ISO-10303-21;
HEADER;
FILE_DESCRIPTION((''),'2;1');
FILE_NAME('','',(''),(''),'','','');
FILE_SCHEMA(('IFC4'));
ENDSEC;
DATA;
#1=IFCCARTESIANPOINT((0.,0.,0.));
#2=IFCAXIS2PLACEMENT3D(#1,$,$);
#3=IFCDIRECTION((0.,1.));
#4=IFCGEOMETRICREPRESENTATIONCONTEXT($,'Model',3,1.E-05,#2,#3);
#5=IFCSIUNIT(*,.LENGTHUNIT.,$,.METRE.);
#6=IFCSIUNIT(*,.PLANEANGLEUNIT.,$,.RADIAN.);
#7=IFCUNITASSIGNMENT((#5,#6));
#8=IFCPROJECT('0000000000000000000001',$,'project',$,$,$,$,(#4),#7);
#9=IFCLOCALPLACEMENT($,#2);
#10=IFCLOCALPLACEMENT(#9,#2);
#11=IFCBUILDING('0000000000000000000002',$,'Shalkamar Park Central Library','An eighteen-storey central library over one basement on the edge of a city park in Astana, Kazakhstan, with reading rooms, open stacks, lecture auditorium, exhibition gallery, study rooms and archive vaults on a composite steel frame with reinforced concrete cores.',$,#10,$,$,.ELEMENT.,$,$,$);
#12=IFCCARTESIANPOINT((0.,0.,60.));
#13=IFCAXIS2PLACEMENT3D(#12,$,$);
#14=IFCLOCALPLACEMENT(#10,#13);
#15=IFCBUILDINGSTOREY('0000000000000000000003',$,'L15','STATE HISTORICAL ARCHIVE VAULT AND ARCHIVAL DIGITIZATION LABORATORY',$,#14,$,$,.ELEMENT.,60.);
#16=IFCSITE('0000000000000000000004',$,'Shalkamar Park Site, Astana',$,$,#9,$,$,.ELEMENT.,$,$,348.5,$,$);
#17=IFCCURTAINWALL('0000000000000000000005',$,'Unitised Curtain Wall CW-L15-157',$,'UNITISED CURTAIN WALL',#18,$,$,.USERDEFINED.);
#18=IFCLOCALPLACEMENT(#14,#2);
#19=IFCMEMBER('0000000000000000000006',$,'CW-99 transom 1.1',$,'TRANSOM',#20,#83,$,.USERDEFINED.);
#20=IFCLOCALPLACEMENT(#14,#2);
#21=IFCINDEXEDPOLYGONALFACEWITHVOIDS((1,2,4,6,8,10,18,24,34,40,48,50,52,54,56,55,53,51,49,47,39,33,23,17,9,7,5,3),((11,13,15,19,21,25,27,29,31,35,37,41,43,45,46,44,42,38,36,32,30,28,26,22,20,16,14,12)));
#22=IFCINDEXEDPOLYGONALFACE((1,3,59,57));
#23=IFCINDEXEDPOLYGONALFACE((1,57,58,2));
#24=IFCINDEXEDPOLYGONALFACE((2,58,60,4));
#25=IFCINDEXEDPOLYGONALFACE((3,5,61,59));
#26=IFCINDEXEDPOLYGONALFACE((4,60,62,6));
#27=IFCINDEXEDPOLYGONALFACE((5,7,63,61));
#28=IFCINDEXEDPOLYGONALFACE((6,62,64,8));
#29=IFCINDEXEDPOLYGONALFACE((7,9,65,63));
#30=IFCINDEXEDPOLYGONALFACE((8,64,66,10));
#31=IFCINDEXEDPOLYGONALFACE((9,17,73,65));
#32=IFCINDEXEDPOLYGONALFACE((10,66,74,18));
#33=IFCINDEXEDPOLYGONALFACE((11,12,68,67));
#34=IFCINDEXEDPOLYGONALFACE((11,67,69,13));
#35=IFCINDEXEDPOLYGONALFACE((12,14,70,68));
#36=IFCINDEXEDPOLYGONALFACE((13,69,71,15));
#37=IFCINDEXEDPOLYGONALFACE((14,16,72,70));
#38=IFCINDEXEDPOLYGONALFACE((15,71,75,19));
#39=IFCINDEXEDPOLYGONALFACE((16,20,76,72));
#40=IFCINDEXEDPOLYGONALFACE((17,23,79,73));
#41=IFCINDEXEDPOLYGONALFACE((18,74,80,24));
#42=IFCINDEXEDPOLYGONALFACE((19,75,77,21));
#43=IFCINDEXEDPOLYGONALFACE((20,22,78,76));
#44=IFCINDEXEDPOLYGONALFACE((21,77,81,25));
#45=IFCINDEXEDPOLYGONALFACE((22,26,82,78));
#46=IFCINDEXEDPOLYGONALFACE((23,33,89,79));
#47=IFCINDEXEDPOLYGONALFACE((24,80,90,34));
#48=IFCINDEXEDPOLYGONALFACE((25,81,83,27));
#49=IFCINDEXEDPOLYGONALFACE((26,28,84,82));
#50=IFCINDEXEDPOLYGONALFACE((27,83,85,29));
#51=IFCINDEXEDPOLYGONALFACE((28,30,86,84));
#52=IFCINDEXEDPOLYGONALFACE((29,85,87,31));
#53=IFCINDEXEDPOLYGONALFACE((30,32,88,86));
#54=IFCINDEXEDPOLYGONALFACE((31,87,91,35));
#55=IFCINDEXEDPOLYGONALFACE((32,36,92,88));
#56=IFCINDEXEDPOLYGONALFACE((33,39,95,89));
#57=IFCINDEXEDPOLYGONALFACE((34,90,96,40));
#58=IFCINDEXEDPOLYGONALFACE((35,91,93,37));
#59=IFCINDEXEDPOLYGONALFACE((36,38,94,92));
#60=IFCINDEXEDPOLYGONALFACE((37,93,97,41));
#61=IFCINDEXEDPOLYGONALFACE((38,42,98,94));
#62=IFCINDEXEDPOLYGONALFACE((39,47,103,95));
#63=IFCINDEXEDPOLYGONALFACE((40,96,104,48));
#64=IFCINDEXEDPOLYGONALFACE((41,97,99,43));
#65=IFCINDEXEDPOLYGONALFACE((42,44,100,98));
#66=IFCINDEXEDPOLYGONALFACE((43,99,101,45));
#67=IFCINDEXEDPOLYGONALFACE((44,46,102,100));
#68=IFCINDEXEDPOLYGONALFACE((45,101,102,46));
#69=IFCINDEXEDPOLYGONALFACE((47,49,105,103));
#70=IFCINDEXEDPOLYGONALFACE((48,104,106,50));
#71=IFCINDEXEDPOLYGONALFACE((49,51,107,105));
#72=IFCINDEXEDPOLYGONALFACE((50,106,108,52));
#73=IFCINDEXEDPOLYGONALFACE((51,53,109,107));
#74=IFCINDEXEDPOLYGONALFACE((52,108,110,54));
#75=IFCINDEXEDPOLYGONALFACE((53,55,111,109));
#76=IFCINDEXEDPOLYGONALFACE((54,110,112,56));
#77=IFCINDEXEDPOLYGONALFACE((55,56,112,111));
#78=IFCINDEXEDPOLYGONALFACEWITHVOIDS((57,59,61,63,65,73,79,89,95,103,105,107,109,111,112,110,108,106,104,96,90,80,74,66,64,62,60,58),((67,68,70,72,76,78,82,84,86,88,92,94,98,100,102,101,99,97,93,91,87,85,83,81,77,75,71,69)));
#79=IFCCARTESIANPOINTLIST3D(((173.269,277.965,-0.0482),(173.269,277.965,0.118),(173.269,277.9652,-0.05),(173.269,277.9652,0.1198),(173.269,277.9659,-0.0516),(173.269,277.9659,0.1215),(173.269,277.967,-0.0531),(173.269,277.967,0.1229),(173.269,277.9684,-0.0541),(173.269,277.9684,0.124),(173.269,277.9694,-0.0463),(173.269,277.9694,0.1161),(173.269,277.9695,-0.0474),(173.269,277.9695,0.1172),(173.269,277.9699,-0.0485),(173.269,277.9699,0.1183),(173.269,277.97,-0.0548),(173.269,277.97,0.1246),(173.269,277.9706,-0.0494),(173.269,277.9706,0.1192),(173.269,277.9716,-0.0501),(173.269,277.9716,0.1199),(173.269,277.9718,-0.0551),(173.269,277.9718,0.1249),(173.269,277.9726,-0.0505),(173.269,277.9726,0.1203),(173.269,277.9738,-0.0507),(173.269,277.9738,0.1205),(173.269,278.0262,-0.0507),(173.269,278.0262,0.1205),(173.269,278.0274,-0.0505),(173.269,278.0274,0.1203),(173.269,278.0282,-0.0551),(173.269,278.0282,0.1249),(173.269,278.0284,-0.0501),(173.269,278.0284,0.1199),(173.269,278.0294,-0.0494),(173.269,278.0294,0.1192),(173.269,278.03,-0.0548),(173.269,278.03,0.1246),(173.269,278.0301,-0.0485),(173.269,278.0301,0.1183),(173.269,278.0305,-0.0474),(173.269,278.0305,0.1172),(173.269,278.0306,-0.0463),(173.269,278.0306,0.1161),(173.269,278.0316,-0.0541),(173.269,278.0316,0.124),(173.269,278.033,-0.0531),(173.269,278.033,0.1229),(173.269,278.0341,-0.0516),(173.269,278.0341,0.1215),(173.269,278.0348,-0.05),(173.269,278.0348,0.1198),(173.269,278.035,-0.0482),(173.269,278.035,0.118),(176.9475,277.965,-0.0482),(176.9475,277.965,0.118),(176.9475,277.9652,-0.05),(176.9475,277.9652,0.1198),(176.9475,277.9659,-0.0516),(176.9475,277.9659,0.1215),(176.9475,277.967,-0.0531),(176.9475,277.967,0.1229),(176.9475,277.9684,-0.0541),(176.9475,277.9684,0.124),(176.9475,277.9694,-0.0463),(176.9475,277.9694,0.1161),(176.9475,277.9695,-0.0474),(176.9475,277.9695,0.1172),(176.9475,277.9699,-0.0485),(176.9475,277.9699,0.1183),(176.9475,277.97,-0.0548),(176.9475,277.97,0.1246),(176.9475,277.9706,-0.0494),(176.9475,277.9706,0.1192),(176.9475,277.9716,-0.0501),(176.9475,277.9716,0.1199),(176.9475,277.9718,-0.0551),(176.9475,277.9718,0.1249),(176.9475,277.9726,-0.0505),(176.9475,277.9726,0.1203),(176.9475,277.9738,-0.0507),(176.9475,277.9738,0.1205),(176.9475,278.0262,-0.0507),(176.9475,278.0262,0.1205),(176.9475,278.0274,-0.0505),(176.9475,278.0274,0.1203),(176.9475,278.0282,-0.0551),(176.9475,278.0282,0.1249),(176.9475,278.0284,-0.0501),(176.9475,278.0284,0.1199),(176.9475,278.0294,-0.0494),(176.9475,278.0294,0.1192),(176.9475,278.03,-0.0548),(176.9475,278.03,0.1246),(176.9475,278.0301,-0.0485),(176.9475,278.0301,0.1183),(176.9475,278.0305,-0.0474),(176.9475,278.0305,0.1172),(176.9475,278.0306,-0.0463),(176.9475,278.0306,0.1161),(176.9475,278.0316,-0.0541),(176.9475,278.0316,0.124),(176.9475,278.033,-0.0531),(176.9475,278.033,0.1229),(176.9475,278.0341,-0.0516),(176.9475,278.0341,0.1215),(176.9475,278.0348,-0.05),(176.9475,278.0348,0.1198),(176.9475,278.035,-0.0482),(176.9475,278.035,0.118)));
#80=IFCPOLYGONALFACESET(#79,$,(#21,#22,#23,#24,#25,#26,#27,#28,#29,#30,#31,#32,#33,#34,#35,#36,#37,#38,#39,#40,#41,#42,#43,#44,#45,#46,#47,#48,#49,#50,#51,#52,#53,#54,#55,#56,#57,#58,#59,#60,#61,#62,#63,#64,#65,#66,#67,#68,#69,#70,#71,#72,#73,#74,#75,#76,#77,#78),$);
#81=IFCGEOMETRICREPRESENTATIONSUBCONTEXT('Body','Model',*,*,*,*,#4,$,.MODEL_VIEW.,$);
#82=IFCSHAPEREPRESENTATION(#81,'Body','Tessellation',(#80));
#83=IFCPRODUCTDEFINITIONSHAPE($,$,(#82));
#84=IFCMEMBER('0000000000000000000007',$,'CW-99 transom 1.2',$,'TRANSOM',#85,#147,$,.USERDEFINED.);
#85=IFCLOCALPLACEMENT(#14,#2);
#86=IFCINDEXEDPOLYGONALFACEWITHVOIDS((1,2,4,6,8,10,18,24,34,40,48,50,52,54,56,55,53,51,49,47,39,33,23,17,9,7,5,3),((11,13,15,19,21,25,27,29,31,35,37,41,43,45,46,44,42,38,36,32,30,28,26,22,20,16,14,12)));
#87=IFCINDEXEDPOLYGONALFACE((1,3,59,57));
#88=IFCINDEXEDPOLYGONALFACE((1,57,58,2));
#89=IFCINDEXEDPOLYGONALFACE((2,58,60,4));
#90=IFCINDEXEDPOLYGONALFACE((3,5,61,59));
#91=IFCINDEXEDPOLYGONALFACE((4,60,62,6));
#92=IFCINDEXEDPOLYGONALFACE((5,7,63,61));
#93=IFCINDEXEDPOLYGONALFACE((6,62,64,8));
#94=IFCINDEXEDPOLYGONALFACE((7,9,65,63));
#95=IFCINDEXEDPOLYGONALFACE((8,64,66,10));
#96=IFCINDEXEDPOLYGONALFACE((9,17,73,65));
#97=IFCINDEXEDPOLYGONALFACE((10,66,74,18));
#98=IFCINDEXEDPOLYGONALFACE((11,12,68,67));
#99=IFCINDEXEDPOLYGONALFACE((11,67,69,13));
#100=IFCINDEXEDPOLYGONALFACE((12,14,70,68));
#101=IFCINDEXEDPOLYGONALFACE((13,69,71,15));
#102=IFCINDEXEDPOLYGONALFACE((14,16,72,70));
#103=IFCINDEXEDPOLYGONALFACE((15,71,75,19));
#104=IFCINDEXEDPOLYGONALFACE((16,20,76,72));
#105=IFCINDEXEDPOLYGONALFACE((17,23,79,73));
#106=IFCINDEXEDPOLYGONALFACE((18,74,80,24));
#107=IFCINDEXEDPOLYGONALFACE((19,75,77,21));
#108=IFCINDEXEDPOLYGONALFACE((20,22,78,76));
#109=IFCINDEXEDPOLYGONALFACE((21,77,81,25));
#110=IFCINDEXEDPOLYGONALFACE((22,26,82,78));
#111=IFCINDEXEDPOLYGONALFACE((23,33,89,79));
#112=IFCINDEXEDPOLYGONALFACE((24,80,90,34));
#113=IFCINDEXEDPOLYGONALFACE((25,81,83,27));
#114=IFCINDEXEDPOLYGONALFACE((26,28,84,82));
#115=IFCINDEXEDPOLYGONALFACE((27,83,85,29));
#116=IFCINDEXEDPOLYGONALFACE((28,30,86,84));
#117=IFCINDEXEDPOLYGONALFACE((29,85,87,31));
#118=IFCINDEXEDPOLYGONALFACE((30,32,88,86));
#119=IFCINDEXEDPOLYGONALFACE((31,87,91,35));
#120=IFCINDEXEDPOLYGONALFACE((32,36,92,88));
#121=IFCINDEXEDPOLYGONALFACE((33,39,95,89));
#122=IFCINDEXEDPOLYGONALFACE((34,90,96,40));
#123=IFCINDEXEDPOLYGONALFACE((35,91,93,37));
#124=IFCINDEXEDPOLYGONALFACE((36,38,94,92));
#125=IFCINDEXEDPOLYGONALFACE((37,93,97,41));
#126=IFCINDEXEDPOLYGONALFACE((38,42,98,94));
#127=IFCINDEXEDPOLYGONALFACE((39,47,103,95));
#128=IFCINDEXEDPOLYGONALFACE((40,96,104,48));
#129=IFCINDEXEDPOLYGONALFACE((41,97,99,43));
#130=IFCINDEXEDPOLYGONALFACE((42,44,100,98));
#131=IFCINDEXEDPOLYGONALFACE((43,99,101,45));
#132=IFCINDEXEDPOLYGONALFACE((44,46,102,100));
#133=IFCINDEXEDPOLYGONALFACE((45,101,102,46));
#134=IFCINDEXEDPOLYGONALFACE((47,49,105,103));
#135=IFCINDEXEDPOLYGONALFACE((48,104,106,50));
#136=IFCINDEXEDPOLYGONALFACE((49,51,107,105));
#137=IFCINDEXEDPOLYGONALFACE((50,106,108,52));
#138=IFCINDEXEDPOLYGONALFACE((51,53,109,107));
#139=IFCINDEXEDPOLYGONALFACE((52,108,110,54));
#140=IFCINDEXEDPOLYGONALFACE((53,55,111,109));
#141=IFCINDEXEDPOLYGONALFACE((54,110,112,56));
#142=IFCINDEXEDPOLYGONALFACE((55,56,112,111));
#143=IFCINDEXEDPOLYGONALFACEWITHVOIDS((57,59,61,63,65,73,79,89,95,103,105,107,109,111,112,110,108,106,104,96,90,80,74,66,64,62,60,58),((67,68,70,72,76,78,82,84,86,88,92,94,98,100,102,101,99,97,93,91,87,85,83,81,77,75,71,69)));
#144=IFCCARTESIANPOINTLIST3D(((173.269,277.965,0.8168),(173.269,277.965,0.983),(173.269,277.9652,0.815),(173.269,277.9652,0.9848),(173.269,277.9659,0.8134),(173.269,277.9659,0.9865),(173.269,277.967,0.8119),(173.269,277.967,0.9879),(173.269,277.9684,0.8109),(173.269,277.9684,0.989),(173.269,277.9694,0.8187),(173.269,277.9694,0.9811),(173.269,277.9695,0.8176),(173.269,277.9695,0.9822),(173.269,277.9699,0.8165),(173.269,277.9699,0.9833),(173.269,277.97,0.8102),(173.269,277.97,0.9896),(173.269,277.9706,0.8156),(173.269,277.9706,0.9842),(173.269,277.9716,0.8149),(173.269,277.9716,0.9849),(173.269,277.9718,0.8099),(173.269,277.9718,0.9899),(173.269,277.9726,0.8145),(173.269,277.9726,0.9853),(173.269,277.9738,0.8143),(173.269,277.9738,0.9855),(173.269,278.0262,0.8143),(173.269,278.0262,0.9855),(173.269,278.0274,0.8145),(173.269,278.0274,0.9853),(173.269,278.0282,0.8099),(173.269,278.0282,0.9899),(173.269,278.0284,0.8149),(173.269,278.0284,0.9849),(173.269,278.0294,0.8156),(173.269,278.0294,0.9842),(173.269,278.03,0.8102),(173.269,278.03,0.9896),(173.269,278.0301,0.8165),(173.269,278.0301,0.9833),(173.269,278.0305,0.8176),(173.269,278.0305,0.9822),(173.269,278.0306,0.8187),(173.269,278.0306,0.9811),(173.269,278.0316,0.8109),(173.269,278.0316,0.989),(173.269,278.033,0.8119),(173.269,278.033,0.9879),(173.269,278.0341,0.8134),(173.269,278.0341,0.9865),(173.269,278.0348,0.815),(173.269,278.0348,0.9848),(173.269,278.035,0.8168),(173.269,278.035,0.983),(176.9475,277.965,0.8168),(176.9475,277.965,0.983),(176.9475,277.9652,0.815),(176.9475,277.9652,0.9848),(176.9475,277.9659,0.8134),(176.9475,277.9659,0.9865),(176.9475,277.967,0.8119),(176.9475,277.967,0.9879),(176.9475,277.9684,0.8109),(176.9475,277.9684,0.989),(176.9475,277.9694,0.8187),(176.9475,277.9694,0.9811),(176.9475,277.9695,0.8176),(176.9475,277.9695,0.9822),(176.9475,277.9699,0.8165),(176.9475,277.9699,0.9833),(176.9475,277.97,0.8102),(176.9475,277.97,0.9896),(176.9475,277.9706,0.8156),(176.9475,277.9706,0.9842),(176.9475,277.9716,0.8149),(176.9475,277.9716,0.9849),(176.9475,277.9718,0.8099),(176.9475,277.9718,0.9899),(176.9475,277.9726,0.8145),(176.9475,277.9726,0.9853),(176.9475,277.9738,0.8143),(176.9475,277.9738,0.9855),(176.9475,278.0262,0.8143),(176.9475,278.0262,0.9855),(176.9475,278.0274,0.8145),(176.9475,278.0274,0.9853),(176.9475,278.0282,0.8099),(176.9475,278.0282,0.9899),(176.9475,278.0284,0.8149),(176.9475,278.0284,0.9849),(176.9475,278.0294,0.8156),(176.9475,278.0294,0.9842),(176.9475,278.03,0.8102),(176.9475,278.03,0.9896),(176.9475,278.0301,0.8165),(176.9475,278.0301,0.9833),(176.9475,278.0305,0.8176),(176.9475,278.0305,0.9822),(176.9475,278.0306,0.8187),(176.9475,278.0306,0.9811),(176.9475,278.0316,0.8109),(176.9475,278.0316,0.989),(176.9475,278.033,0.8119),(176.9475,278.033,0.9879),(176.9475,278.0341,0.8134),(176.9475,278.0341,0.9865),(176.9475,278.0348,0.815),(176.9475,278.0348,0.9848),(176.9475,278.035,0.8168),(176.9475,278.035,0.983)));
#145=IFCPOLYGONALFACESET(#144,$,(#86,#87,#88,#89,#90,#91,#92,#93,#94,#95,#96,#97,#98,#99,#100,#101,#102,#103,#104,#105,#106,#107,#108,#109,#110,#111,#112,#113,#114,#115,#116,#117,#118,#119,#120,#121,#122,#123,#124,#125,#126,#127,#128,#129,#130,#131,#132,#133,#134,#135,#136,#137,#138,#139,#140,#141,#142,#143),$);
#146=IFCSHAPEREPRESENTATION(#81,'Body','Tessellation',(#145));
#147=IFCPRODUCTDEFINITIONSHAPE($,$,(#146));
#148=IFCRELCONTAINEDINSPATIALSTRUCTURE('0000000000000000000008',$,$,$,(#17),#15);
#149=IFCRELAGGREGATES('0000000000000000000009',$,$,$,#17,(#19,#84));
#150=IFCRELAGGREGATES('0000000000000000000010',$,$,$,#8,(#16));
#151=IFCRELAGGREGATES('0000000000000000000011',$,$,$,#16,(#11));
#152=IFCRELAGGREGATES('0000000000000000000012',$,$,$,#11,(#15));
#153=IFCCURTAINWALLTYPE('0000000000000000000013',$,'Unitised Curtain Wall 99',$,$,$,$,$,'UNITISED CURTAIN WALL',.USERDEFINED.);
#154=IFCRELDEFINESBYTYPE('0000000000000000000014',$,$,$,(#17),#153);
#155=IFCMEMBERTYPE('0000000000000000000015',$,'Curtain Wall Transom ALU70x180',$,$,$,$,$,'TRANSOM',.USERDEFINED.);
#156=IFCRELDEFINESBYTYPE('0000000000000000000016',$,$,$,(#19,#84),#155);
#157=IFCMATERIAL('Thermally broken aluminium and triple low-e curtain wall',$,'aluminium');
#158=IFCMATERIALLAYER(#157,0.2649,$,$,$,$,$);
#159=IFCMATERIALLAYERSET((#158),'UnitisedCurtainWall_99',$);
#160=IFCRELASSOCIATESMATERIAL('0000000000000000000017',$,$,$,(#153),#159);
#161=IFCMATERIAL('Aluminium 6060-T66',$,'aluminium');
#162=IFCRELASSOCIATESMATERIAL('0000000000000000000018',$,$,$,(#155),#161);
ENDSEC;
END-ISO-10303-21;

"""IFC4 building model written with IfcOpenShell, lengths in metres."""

from ifc_helpers import new_model, si_unit, direction, frame, origin, origin_2d, place, context, subcontext, project, spatial, hollow_rectangle, extrude, material, layer, layer_set, material_profile, profile_set, type_object, element, aggregate, save


model = new_model("IFC4")

# Units and contexts
model_context = context("Model", 3, precision=1e-05, world=origin(), true_north=direction((0.0, 1.0)))
body_context = subcontext(model_context, "Body", "Model", "MODEL_VIEW")
ifc_project = project(units=[si_unit("LENGTHUNIT", "METRE"), si_unit("PLANEANGLEUNIT", "RADIAN")], contexts=[model_context])

# Site, building, storey
site_placement = place(None, origin())
site = spatial("IfcSite", under=ifc_project, at=site_placement, Name="Shalkamar Park Site, Astana", CompositionType="ELEMENT", RefElevation=348.5)
building_placement = place(site_placement, origin())
building = spatial("IfcBuilding", under=site, at=building_placement, Name="Shalkamar Park Central Library", Description="An eighteen-storey central library over one basement on the edge of a city park in Astana, Kazakhstan, with reading rooms, open stacks, lecture auditorium, exhibition gallery, study rooms and archive vaults on a composite steel frame with reinforced concrete cores.", CompositionType="ELEMENT")
storey_placement = place(building_placement, frame((0.0, 0.0, 60.0)))
storey = spatial("IfcBuildingStorey", under=building, at=storey_placement, Name="L15", Description="STATE HISTORICAL ARCHIVE VAULT AND ARCHIVAL DIGITIZATION LABORATORY", CompositionType="ELEMENT", Elevation=60.0)

# Curtain wall
ifc_material_1 = material(Name="Thermally broken aluminium and triple low-e curtain wall", Category="aluminium")
ifc_material_2 = material(Name="Aluminium 6060-T66", Category="aluminium")
ifc_layer_1 = layer(ifc_material_1, 0.2649)
ifc_layer_set_1 = layer_set([ifc_layer_1], Name="UnitisedCurtainWall_99")
curtain_wall_type_1 = type_object("IfcCurtainWallType", Name="Unitised Curtain Wall 99", ElementType="UNITISED CURTAIN WALL", PredefinedType="USERDEFINED", material=ifc_layer_set_1)
curtain_wall_1_placement = place(storey_placement, origin())
curtain_wall_1 = element("IfcCurtainWall", 1, at=curtain_wall_1_placement, inside=storey, type_object=curtain_wall_type_1, Name="Unitised Curtain Wall CW-L15-157", ObjectType="UNITISED CURTAIN WALL", PredefinedType="USERDEFINED")

# Members
ifc_material_profile_1 = material_profile(ifc_material_2, hollow_rectangle(XDim=0.0701, YDim=0.1799, WallThickness=0.0044, InnerFilletRadius=0.0044, OuterFilletRadius=0.0068, at=origin_2d()), Name="ALU 70x180x4.5")
ifc_profile_set_1 = profile_set([ifc_material_profile_1], Name="Aluminium 6060-T66")
member_type_1 = type_object("IfcMemberType", Name="Curtain Wall Transom ALU70x180", ElementType="TRANSOM", PredefinedType="USERDEFINED", material=ifc_profile_set_1)
member_1_placement = place(storey_placement, frame((173.269, 278.0, 0.0349), z_axis=(1.0, 0.0, 0.0), x_axis=(0.0, 1.0, 0.0)))
member_1 = element("IfcMember", 2, at=member_1_placement, type_object=member_type_1, Name="CW-99 transom 1.1", ObjectType="TRANSOM", PredefinedType="USERDEFINED", context=body_context, shape_type="SweptSolid", body=[
    extrude(hollow_rectangle(XDim=0.0701, YDim=0.1799, WallThickness=0.0044, InnerFilletRadius=0.0044, OuterFilletRadius=0.0068, at=origin_2d()), origin(), (0.0, 0.0, 1.0), 3.6785),
])
member_2_placement = place(storey_placement, frame((173.269, 278.0, 0.8999), z_axis=(1.0, 0.0, 0.0), x_axis=(0.0, 1.0, 0.0)))
member_2 = element("IfcMember", 3, at=member_2_placement, type_object=member_type_1, Name="CW-99 transom 1.2", ObjectType="TRANSOM", PredefinedType="USERDEFINED", context=body_context, shape_type="SweptSolid", body=[
    extrude(hollow_rectangle(XDim=0.0701, YDim=0.1799, WallThickness=0.0044, InnerFilletRadius=0.0044, OuterFilletRadius=0.0068, at=origin_2d()), origin(), (0.0, 0.0, 1.0), 3.6785),
])

aggregate(curtain_wall_1, [member_1, member_2])

save(model, "model.ifc")
